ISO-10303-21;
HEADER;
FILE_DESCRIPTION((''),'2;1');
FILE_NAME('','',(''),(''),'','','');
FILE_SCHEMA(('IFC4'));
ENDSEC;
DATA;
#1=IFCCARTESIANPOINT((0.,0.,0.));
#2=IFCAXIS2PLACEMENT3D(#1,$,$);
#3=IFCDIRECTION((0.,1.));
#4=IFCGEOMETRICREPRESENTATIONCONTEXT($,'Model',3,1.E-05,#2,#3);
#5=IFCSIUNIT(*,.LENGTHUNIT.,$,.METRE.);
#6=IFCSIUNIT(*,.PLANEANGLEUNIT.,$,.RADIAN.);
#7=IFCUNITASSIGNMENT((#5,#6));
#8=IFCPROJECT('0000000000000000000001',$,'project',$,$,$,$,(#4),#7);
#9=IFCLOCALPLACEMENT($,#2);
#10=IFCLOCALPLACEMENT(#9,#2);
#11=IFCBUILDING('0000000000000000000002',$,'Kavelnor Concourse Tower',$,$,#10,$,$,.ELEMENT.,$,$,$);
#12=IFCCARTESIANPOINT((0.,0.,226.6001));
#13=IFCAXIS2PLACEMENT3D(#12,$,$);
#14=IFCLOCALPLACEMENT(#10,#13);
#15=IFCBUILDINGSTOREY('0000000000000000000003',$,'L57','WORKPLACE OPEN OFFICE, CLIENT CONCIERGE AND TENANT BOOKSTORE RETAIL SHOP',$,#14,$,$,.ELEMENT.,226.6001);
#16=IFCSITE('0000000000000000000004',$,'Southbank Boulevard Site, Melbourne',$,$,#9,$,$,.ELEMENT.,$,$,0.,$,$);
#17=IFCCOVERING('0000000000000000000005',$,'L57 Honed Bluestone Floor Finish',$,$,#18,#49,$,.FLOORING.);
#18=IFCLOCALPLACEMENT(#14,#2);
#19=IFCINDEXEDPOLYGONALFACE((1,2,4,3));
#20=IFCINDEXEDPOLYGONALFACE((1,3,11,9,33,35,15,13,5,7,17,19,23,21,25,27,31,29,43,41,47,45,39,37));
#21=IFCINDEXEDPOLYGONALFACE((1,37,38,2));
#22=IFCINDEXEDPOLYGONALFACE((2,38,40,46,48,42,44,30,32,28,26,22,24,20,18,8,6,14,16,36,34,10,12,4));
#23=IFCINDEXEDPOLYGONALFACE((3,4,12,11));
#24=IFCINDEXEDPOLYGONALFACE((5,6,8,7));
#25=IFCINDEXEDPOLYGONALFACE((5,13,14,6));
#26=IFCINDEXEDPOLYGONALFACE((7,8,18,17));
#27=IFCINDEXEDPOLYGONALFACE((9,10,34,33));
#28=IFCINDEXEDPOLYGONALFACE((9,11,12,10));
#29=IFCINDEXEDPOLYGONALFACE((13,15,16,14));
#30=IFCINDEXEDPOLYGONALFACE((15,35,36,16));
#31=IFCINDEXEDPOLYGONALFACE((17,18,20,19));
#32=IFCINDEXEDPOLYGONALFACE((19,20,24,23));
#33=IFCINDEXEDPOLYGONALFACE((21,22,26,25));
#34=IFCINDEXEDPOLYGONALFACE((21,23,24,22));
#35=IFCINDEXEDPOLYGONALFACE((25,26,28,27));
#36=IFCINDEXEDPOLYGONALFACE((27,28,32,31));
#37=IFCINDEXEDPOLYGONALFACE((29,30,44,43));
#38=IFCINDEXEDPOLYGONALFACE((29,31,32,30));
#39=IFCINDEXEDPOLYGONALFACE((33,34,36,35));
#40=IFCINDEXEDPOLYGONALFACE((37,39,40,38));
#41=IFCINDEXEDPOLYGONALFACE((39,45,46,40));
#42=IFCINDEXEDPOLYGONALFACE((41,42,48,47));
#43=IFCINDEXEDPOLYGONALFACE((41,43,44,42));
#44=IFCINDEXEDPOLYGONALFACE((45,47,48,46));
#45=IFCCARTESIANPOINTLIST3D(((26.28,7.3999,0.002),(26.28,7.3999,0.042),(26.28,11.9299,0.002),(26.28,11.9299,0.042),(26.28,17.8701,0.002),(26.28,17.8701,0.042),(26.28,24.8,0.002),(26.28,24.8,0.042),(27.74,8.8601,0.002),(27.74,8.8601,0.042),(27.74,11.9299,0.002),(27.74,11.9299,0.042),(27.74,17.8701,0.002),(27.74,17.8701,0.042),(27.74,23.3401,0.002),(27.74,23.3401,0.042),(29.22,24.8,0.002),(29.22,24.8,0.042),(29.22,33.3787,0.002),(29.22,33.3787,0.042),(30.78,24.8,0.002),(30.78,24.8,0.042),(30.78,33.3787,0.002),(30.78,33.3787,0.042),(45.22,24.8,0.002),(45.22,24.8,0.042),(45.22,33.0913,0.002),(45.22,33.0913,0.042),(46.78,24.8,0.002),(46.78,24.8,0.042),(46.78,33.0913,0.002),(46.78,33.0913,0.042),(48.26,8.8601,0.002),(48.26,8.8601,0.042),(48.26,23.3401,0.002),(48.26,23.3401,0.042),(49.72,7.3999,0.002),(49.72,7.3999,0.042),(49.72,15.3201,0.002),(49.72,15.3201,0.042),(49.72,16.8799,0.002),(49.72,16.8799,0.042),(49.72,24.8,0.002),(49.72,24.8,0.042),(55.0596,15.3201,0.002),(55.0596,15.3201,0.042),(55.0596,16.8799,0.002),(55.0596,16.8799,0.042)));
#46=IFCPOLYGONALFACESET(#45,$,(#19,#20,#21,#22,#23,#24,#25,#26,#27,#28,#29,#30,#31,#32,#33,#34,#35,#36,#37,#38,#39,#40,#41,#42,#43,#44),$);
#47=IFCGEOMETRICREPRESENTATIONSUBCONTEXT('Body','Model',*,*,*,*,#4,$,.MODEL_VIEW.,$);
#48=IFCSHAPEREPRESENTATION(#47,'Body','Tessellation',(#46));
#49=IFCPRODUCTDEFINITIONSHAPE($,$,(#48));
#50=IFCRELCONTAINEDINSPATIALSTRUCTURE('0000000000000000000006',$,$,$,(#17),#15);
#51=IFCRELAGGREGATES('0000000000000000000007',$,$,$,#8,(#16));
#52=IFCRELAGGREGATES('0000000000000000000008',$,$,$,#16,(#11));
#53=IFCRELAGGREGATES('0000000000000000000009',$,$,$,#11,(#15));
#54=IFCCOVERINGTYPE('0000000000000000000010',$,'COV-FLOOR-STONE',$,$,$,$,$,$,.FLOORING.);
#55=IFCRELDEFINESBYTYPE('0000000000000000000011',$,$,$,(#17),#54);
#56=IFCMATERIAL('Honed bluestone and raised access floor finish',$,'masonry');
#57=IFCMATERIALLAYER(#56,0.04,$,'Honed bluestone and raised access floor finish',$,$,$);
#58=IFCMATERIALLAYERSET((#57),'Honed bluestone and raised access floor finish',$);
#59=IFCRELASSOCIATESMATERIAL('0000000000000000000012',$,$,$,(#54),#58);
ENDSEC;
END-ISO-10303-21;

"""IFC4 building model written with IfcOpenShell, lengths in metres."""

from ifc_helpers import new_model, si_unit, direction, frame, origin, place, context, subcontext, project, spatial, polyline, outline, extrude, material, layer, layer_set, type_object, element, save


model = new_model("IFC4")

# Units and contexts
model_context = context("Model", 3, precision=1e-05, world=origin(), true_north=direction((0.0, 1.0)))
body_context = subcontext(model_context, "Body", "Model", "MODEL_VIEW")
ifc_project = project(units=[si_unit("LENGTHUNIT", "METRE"), si_unit("PLANEANGLEUNIT", "RADIAN")], contexts=[model_context])

# Site, building, storey
site_placement = place(None, origin())
site = spatial("IfcSite", under=ifc_project, at=site_placement, Name="Southbank Boulevard Site, Melbourne", CompositionType="ELEMENT", RefElevation=0.0)
building_placement = place(site_placement, origin())
building = spatial("IfcBuilding", under=site, at=building_placement, Name="Kavelnor Concourse Tower", CompositionType="ELEMENT")
storey_placement = place(building_placement, frame((0.0, 0.0, 226.6001)))
storey = spatial("IfcBuildingStorey", under=building, at=storey_placement, Name="L57", Description="WORKPLACE OPEN OFFICE, CLIENT CONCIERGE AND TENANT BOOKSTORE RETAIL SHOP", CompositionType="ELEMENT", Elevation=226.6001)

# Covering
ifc_material_1 = material(Name="Honed bluestone and raised access floor finish", Category="masonry")
ifc_layer_1 = layer(ifc_material_1, 0.04, Name="Honed bluestone and raised access floor finish")
ifc_layer_set_1 = layer_set([ifc_layer_1], Name="Honed bluestone and raised access floor finish")
covering_type_1 = type_object("IfcCoveringType", Name="COV-FLOOR-STONE", PredefinedType="FLOORING", material=ifc_layer_set_1)
covering_1_placement = place(storey_placement, frame((0.0, 0.0, 0.002)))
element("IfcCovering", 1, at=covering_1_placement, inside=storey, type_object=covering_type_1, Name="L57 Honed Bluestone Floor Finish", PredefinedType="FLOORING", context=body_context, shape_type="SweptSolid", body=[
    extrude(outline(polyline([(29.22, 24.8), (29.22, 33.3787), (30.78, 33.3787), (30.78, 24.8), (45.22, 24.8), (45.22, 33.0913), (46.78, 33.0913), (46.78, 24.8), (49.72, 24.8), (49.72, 16.8799), (55.0596, 16.8799), (55.0596, 15.3201), (49.72, 15.3201), (49.72, 7.3999), (26.28, 7.3999), (26.28, 11.9299), (27.74, 11.9299), (27.74, 8.8601), (48.26, 8.8601), (48.26, 23.3401), (27.74, 23.3401), (27.74, 17.8701), (26.28, 17.8701), (26.28, 24.8), (29.22, 24.8)])), origin(), (0.0, 0.0, 1.0), 0.04),
])

save(model, "model.ifc")
